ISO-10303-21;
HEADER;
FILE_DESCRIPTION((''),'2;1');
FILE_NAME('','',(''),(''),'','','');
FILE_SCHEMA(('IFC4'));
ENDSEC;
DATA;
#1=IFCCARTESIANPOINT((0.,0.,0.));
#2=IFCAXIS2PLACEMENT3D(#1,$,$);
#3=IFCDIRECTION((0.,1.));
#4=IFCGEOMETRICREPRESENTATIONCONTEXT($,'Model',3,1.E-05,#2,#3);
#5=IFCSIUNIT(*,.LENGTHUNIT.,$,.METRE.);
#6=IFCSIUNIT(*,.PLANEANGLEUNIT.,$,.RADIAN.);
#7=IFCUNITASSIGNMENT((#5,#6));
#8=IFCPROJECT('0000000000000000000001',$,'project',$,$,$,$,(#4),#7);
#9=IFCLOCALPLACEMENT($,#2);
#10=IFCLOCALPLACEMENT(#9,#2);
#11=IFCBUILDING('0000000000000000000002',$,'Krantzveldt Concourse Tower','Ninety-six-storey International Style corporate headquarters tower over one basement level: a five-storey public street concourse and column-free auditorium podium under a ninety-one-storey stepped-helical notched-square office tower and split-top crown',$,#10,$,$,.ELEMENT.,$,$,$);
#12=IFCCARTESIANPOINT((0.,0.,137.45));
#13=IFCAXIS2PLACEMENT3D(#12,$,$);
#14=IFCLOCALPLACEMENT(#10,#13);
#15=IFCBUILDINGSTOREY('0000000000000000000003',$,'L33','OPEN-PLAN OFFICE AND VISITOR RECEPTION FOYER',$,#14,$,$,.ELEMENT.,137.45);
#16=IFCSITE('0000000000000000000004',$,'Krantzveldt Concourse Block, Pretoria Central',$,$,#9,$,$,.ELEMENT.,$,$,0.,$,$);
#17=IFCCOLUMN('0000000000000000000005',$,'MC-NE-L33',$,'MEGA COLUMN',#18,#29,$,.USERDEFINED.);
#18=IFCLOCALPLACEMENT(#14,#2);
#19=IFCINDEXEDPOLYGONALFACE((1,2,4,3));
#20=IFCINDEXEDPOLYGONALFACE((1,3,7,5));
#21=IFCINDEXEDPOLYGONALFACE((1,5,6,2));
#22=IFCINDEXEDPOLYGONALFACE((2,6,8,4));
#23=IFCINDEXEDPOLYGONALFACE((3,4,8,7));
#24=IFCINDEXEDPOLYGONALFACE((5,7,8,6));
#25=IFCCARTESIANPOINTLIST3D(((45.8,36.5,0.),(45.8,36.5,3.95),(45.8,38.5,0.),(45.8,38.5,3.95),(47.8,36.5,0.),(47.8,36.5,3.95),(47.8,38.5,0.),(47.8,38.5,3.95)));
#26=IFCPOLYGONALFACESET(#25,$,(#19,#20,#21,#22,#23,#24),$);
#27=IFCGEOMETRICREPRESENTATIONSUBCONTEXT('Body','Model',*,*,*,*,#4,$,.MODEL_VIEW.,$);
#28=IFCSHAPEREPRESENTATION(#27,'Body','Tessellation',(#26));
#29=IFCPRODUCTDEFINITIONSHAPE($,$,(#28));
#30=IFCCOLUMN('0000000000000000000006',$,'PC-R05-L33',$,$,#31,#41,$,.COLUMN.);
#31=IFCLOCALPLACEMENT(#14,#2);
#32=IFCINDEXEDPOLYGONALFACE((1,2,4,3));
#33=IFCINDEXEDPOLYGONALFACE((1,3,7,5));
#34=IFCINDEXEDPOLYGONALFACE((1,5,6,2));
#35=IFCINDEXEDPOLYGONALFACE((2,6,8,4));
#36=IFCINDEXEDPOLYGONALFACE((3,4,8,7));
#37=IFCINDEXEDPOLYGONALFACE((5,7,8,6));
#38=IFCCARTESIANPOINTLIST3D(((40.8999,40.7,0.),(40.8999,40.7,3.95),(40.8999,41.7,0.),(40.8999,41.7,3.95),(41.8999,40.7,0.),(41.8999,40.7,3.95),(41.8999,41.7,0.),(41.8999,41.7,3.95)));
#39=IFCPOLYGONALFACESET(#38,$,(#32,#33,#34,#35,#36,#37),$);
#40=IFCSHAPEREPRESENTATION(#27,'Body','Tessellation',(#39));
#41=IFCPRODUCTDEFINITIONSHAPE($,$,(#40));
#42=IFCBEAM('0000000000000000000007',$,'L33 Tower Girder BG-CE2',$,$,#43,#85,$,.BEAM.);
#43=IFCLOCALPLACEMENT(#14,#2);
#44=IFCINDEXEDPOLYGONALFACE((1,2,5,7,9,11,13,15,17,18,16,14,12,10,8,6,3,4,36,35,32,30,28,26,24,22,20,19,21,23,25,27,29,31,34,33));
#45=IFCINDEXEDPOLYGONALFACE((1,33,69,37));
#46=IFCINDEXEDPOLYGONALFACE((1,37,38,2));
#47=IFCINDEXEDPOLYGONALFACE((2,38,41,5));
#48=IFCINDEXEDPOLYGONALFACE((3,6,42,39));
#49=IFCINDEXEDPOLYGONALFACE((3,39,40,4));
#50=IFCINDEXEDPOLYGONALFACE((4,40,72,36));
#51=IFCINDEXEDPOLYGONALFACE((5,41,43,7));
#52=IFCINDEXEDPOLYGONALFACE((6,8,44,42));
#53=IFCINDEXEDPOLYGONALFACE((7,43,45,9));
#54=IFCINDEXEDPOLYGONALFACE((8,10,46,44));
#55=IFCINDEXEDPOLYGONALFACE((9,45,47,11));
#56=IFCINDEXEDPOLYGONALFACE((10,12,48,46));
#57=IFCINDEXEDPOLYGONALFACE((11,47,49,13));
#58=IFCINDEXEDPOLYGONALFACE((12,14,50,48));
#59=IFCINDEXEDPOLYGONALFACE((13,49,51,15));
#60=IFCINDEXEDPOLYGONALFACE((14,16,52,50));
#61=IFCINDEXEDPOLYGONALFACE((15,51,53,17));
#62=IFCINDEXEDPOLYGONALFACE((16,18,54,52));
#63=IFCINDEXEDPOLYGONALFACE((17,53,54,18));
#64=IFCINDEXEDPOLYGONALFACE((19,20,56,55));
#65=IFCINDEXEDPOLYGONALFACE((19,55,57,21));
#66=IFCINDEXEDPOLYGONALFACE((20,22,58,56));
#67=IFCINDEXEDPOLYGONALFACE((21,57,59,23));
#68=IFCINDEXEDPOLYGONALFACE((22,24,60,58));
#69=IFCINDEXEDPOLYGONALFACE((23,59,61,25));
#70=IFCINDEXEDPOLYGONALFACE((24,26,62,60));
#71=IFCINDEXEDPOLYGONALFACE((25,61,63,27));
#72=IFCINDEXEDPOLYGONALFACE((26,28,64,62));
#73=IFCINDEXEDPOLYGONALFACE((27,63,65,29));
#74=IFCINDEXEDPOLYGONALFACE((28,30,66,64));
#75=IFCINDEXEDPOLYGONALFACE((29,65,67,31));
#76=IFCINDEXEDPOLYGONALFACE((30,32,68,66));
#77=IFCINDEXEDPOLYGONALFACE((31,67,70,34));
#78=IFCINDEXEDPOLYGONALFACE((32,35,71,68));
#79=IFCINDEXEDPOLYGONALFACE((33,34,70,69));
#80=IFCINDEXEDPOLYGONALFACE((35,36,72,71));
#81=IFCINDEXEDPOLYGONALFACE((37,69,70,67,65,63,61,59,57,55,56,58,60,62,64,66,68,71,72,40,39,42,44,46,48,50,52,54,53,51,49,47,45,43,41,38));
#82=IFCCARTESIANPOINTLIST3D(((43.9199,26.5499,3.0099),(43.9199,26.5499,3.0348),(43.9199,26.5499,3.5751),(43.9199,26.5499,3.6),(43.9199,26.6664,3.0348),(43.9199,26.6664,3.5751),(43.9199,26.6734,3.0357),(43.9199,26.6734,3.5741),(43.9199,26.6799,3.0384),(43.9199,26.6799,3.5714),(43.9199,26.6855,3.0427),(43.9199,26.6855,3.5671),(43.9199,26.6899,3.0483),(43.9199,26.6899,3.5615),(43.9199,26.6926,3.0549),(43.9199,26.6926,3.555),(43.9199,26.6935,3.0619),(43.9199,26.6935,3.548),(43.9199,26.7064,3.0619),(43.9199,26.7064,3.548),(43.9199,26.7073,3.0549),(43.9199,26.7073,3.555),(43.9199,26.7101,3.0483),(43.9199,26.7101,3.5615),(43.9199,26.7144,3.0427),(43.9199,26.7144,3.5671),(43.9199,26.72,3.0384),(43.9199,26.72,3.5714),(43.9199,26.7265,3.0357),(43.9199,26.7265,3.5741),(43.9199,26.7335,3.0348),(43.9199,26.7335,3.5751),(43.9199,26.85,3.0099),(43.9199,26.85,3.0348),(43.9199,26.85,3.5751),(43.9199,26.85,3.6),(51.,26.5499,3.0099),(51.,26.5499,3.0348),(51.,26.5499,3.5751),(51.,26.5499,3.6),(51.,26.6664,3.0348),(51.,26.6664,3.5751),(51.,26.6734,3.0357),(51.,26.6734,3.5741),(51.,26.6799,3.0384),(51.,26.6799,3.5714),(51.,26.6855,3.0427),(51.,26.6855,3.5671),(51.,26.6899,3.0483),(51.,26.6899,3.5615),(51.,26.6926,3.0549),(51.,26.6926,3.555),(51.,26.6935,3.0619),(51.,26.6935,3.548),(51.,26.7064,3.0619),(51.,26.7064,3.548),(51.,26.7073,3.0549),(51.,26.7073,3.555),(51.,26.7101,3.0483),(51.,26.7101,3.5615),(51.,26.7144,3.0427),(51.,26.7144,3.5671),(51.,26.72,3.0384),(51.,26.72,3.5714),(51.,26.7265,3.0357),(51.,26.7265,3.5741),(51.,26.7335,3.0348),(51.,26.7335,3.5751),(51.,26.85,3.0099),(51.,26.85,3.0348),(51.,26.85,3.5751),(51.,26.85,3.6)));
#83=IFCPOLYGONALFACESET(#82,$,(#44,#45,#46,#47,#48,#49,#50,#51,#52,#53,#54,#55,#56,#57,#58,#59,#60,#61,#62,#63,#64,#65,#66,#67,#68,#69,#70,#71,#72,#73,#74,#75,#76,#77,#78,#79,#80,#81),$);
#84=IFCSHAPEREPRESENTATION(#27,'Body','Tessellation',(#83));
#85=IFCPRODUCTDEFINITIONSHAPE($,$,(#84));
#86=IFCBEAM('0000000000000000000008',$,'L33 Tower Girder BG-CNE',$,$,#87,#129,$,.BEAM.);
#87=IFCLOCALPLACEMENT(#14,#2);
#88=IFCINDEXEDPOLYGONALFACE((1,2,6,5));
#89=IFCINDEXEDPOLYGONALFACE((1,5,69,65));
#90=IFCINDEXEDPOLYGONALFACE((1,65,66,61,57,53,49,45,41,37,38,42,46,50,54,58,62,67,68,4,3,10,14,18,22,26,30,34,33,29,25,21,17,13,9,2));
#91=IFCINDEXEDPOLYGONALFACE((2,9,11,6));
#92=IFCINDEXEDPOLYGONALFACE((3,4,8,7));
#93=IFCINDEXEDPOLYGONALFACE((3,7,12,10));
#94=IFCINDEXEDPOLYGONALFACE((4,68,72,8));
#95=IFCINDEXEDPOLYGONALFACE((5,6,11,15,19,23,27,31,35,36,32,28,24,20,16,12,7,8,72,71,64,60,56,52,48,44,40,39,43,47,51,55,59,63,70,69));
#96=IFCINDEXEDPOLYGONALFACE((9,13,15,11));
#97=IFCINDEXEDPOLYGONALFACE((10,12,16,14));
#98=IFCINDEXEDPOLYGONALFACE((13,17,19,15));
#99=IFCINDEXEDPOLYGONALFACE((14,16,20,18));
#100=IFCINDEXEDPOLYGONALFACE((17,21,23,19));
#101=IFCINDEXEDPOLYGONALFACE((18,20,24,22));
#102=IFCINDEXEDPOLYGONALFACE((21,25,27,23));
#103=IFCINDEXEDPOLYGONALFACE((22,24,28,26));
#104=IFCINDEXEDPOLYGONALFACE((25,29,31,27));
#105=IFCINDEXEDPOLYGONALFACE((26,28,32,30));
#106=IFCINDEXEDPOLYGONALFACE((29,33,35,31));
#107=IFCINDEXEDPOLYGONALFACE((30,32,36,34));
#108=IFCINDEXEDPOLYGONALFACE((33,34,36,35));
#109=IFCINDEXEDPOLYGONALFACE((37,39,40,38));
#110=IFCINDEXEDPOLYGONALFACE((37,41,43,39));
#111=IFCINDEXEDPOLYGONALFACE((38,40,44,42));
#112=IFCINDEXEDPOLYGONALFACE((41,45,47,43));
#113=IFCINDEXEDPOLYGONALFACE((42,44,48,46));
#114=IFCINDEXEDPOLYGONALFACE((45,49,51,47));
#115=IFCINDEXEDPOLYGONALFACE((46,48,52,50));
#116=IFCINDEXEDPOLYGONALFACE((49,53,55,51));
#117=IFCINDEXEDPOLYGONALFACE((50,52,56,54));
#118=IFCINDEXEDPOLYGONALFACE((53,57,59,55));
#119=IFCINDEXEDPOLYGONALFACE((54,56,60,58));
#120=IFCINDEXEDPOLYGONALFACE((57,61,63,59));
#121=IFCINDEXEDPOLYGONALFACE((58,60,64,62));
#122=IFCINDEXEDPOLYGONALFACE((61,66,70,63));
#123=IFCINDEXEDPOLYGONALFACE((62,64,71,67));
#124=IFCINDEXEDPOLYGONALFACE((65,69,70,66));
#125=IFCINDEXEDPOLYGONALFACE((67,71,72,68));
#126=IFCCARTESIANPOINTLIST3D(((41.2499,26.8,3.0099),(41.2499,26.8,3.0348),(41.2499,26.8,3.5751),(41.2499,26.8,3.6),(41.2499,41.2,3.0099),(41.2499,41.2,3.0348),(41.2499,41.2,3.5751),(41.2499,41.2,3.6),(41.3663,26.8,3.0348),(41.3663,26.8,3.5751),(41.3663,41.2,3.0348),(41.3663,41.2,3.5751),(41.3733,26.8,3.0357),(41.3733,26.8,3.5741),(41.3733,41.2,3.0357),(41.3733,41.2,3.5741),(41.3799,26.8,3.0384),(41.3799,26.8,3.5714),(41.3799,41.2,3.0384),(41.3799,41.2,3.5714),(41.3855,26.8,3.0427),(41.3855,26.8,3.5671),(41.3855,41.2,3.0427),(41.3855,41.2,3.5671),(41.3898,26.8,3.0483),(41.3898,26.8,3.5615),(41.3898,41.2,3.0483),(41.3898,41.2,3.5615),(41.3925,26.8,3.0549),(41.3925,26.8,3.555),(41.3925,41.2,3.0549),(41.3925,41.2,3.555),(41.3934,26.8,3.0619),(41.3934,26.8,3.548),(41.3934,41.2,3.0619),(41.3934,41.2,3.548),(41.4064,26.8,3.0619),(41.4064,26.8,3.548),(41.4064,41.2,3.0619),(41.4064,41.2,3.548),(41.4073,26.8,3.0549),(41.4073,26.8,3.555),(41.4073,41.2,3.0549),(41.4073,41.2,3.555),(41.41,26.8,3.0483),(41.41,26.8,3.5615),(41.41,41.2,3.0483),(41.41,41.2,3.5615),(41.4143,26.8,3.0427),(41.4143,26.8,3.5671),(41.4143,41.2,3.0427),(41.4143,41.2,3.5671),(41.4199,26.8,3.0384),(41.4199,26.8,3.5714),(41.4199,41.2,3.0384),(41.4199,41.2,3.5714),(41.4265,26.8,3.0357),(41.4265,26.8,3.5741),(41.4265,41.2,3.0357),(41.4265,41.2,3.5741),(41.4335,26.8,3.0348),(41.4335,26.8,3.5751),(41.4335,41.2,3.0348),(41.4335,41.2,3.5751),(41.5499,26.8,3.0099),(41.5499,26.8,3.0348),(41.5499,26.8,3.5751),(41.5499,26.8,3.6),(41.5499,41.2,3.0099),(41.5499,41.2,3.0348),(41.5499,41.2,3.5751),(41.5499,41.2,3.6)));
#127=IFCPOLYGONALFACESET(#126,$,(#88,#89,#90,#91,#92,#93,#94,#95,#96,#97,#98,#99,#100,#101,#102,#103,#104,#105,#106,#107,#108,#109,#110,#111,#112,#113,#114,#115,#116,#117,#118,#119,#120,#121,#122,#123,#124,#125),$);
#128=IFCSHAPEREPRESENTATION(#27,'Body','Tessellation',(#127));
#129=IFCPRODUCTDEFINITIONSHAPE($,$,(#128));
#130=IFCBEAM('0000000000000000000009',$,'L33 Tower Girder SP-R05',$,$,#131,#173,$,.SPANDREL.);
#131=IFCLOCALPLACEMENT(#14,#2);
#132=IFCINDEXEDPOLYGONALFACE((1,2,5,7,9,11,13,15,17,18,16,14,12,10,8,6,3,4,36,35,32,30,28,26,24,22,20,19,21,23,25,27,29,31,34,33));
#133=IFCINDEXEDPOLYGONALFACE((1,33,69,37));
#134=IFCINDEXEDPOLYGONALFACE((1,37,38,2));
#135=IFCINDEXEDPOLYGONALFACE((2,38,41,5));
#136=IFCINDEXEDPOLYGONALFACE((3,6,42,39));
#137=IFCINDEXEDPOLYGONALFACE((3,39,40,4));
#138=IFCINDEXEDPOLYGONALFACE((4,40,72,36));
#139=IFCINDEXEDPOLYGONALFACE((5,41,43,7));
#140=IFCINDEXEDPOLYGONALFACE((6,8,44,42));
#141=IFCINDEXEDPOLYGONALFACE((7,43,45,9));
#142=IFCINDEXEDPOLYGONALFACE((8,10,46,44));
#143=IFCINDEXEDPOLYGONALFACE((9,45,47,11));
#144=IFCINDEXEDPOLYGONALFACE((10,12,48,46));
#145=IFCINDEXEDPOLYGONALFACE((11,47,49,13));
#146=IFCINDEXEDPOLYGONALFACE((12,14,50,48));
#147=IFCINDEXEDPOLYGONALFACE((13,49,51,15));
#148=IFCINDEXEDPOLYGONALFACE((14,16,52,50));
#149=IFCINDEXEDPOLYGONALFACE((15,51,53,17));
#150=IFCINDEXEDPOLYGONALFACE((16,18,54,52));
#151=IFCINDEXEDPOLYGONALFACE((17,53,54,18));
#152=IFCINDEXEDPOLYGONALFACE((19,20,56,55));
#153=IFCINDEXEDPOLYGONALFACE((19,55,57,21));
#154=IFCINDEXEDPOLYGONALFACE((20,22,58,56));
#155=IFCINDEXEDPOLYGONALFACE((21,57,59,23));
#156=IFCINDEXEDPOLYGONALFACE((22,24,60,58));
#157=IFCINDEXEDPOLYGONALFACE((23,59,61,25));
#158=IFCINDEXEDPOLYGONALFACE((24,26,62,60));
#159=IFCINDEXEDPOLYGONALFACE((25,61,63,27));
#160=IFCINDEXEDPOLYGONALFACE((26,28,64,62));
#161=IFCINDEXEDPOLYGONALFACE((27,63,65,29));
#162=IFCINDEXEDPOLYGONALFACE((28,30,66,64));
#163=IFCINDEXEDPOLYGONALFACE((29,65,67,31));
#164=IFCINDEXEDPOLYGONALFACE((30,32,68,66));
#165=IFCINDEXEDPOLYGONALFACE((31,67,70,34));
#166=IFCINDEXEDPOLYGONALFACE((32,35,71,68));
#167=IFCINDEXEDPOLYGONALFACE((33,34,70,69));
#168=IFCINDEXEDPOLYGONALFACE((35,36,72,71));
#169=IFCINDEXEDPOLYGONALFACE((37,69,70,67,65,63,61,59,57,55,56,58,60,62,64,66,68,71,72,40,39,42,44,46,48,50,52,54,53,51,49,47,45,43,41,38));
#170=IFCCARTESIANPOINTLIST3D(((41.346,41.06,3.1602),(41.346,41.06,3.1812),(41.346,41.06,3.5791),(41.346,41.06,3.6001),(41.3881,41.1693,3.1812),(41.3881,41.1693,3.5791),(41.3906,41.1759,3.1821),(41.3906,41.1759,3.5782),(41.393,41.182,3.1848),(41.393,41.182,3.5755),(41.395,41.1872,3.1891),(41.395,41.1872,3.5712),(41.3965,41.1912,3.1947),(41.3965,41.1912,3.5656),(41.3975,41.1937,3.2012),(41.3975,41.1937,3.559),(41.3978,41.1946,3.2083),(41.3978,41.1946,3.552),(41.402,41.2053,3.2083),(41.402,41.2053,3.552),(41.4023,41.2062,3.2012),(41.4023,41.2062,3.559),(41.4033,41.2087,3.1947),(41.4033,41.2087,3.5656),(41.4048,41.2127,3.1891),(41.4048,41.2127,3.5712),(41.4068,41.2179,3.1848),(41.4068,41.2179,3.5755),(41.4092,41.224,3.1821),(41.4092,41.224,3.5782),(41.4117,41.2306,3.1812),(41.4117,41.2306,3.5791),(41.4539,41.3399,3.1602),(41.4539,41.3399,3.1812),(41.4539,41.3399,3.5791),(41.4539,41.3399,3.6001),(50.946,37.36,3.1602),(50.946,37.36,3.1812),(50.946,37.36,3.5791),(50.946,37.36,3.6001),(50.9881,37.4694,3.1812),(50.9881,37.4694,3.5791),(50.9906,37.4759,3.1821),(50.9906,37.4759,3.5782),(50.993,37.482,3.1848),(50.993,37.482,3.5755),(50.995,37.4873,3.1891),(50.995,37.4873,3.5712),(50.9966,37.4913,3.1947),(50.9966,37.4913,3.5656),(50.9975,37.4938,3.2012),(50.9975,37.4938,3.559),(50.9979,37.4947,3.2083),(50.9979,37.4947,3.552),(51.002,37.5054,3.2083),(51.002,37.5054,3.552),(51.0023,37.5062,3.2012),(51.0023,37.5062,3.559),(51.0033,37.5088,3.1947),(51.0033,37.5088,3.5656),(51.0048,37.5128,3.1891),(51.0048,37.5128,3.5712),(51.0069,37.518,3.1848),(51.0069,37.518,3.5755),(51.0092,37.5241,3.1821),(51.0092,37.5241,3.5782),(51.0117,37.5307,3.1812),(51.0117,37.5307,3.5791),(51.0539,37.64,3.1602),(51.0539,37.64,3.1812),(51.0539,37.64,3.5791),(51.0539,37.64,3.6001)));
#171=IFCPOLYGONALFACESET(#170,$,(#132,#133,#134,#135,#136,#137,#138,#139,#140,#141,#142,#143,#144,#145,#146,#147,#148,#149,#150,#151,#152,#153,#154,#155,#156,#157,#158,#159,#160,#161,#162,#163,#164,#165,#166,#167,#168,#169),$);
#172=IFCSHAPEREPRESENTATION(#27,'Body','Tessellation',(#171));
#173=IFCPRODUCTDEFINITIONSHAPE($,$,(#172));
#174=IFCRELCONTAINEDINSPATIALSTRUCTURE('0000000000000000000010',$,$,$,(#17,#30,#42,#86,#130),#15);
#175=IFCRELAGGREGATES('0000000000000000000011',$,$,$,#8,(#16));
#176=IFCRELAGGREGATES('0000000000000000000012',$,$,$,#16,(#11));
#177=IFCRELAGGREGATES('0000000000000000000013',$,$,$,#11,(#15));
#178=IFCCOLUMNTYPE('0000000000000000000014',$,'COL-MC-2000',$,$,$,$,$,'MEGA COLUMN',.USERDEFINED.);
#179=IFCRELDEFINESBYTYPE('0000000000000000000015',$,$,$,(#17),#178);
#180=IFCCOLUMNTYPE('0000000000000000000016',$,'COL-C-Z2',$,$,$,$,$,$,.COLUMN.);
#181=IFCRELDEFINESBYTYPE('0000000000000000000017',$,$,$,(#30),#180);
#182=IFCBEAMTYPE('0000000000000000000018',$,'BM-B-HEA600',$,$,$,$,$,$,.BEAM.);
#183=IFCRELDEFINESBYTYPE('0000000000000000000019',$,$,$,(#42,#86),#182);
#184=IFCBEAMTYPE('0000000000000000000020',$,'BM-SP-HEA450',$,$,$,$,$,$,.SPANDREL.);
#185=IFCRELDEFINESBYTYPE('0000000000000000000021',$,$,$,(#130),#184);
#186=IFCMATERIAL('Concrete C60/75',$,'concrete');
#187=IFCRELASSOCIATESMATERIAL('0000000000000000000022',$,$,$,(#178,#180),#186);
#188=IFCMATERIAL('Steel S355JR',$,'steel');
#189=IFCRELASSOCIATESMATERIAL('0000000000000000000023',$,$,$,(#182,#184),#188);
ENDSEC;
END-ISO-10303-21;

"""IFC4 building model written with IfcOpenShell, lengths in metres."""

from ifc_helpers import new_model, si_unit, direction, frame, origin, origin_2d, place, context, subcontext, project, spatial, rectangle, i_section, extrude, source, transform, mapped, material, material_profile, profile_set, type_object, type_shapes, element, save


model = new_model("IFC4")

# Units and contexts
model_context = context("Model", 3, precision=1e-05, world=origin(), true_north=direction((0.0, 1.0)))
body_context = subcontext(model_context, "Body", "Model", "MODEL_VIEW")
ifc_project = project(units=[si_unit("LENGTHUNIT", "METRE"), si_unit("PLANEANGLEUNIT", "RADIAN")], contexts=[model_context])

# Site, building, storey
site_placement = place(None, origin())
site = spatial("IfcSite", under=ifc_project, at=site_placement, Name="Krantzveldt Concourse Block, Pretoria Central", CompositionType="ELEMENT", RefElevation=0.0)
building_placement = place(site_placement, origin())
building = spatial("IfcBuilding", under=site, at=building_placement, Name="Krantzveldt Concourse Tower", Description="Ninety-six-storey International Style corporate headquarters tower over one basement level: a five-storey public street concourse and column-free auditorium podium under a ninety-one-storey stepped-helical notched-square office tower and split-top crown", CompositionType="ELEMENT")
storey_placement = place(building_placement, frame((0.0, 0.0, 137.45)))
storey = spatial("IfcBuildingStorey", under=building, at=storey_placement, Name="L33", Description="OPEN-PLAN OFFICE AND VISITOR RECEPTION FOYER", CompositionType="ELEMENT", Elevation=137.45)

# Columns
ifc_material_1 = material(Name="Concrete C60/75", Category="concrete")
ifc_material_profile_1 = material_profile(ifc_material_1, rectangle(XDim=2.0, YDim=2.0, at=origin_2d()), Name="Concrete C60/75", Category="concrete")
ifc_profile_set_1 = profile_set([ifc_material_profile_1], Name="Concrete C60/75 - RC 2000x2000")
column_type_1 = type_object("IfcColumnType", Name="COL-MC-2000", ElementType="MEGA COLUMN", PredefinedType="USERDEFINED", material=ifc_profile_set_1)
shared_shape_1 = source(origin(), body_context, "Body", "SweptSolid", [
    extrude(rectangle(XDim=2.0, YDim=2.0, at=origin_2d()), origin(), (0.0, 0.0, 1.0), 3.95),
])
type_shapes(column_type_1, [shared_shape_1])
column_1_placement = place(storey_placement, frame((46.8, 37.5, 0.0), z_axis=(0.0, 0.0, 1.0), x_axis=(1.0, 0.0, 0.0)))
element("IfcColumn", 1, at=column_1_placement, inside=storey, type_object=column_type_1, Name="MC-NE-L33", ObjectType="MEGA COLUMN", PredefinedType="USERDEFINED", context=body_context, shape_type="MappedRepresentation", body=[
    mapped(shared_shape_1, transform((0.0, 0.0, 0.0), x_axis=(1.0, 0.0, 0.0), y_axis=(0.0, 1.0, 0.0), z_axis=(0.0, 0.0, 1.0), scale=1.0)),
])
ifc_material_profile_2 = material_profile(ifc_material_1, rectangle(XDim=1.0, YDim=1.0, at=origin_2d()), Name="Concrete C60/75", Category="concrete")
ifc_profile_set_2 = profile_set([ifc_material_profile_2], Name="Concrete C60/75 - RC 1000x1000")
column_type_2 = type_object("IfcColumnType", Name="COL-C-Z2", PredefinedType="COLUMN", material=ifc_profile_set_2)
shared_shape_2 = source(origin(), body_context, "Body", "SweptSolid", [
    extrude(rectangle(XDim=1.0, YDim=1.0, at=origin_2d()), origin(), (0.0, 0.0, 1.0), 3.95),
])
type_shapes(column_type_2, [shared_shape_2])
column_2_placement = place(storey_placement, frame((41.3999, 41.2, 0.0), z_axis=(0.0, 0.0, 1.0), x_axis=(1.0, 0.0, 0.0)))
element("IfcColumn", 2, at=column_2_placement, inside=storey, type_object=column_type_2, Name="PC-R05-L33", PredefinedType="COLUMN", context=body_context, shape_type="MappedRepresentation", body=[
    mapped(shared_shape_2, transform((0.0, 0.0, 0.0), x_axis=(1.0, 0.0, 0.0), y_axis=(0.0, 1.0, 0.0), z_axis=(0.0, 0.0, 1.0), scale=1.0)),
])

# Beams
ifc_material_2 = material(Name="Steel S355JR", Category="steel")
ifc_material_profile_3 = material_profile(ifc_material_2, i_section(OverallWidth=0.3, OverallDepth=0.5901, WebThickness=0.0129, FlangeThickness=0.0249, FilletRadius=0.0271, at=origin_2d()), Name="Steel S355JR", Category="steel")
ifc_profile_set_3 = profile_set([ifc_material_profile_3], Name="Steel S355JR - HEA 600")
beam_type_1 = type_object("IfcBeamType", Name="BM-B-HEA600", PredefinedType="BEAM", material=ifc_profile_set_3)
shared_shape_3 = source(origin(), body_context, "Body", "SweptSolid", [
    extrude(i_section(OverallWidth=0.3, OverallDepth=0.5901, WebThickness=0.0129, FlangeThickness=0.0249, FilletRadius=0.0271, at=origin_2d()), origin(), (0.0, 0.0, 1.0), 7.0801),
])
beam_1_placement = place(storey_placement, frame((43.9199, 26.7, 3.3049), z_axis=(1.0, 0.0, 0.0), x_axis=(0.0, 1.0, 0.0)))
element("IfcBeam", 3, at=beam_1_placement, inside=storey, type_object=beam_type_1, Name="L33 Tower Girder BG-CE2", PredefinedType="BEAM", context=body_context, shape_type="MappedRepresentation", body=[
    mapped(shared_shape_3, transform((0.0, 0.0, 0.0), x_axis=(1.0, 0.0, 0.0), y_axis=(0.0, 1.0, 0.0), z_axis=(0.0, 0.0, 1.0), scale=1.0)),
])
shared_shape_4 = source(origin(), body_context, "Body", "SweptSolid", [
    extrude(i_section(OverallWidth=0.3, OverallDepth=0.5901, WebThickness=0.0129, FlangeThickness=0.0249, FilletRadius=0.0271, at=origin_2d()), origin(), (0.0, 0.0, 1.0), 14.3999),
])
type_shapes(beam_type_1, [shared_shape_3, shared_shape_4])
beam_2_placement = place(storey_placement, frame((41.3999, 26.8, 3.3049), z_axis=(0.0, 1.0, 0.0), x_axis=(-1.0, 0.0, 0.0)))
element("IfcBeam", 4, at=beam_2_placement, inside=storey, type_object=beam_type_1, Name="L33 Tower Girder BG-CNE", PredefinedType="BEAM", context=body_context, shape_type="MappedRepresentation", body=[
    mapped(shared_shape_4, transform((0.0, 0.0, 0.0), x_axis=(1.0, 0.0, 0.0), y_axis=(0.0, 1.0, 0.0), z_axis=(0.0, 0.0, 1.0), scale=1.0)),
])
ifc_material_profile_4 = material_profile(ifc_material_2, i_section(OverallWidth=0.3, OverallDepth=0.4399, WebThickness=0.0115, FlangeThickness=0.021, FilletRadius=0.0271, at=origin_2d()), Name="Steel S355JR", Category="steel")
ifc_profile_set_4 = profile_set([ifc_material_profile_4], Name="Steel S355JR - HEA 450")
beam_type_2 = type_object("IfcBeamType", Name="BM-SP-HEA450", PredefinedType="SPANDREL", material=ifc_profile_set_4)
shared_shape_5 = source(origin(), body_context, "Body", "SweptSolid", [
    extrude(i_section(OverallWidth=0.3, OverallDepth=0.4399, WebThickness=0.0115, FlangeThickness=0.021, FilletRadius=0.0271, at=origin_2d()), origin(), (0.0, 0.0, 1.0), 10.2883),
])
type_shapes(beam_type_2, [shared_shape_5])
beam_3_placement = place(storey_placement, frame((41.3999, 41.2, 3.3801), z_axis=(0.933098, -0.359623, 0.0), x_axis=(0.359623, 0.933098, 0.0)))
element("IfcBeam", 5, at=beam_3_placement, inside=storey, type_object=beam_type_2, Name="L33 Tower Girder SP-R05", PredefinedType="SPANDREL", context=body_context, shape_type="MappedRepresentation", body=[
    mapped(shared_shape_5, transform((0.0, 0.0, 0.0), x_axis=(1.0, 0.0, 0.0), y_axis=(0.0, 1.0, 0.0), z_axis=(0.0, 0.0, 1.0), scale=1.0)),
])

save(model, "model.ifc")
